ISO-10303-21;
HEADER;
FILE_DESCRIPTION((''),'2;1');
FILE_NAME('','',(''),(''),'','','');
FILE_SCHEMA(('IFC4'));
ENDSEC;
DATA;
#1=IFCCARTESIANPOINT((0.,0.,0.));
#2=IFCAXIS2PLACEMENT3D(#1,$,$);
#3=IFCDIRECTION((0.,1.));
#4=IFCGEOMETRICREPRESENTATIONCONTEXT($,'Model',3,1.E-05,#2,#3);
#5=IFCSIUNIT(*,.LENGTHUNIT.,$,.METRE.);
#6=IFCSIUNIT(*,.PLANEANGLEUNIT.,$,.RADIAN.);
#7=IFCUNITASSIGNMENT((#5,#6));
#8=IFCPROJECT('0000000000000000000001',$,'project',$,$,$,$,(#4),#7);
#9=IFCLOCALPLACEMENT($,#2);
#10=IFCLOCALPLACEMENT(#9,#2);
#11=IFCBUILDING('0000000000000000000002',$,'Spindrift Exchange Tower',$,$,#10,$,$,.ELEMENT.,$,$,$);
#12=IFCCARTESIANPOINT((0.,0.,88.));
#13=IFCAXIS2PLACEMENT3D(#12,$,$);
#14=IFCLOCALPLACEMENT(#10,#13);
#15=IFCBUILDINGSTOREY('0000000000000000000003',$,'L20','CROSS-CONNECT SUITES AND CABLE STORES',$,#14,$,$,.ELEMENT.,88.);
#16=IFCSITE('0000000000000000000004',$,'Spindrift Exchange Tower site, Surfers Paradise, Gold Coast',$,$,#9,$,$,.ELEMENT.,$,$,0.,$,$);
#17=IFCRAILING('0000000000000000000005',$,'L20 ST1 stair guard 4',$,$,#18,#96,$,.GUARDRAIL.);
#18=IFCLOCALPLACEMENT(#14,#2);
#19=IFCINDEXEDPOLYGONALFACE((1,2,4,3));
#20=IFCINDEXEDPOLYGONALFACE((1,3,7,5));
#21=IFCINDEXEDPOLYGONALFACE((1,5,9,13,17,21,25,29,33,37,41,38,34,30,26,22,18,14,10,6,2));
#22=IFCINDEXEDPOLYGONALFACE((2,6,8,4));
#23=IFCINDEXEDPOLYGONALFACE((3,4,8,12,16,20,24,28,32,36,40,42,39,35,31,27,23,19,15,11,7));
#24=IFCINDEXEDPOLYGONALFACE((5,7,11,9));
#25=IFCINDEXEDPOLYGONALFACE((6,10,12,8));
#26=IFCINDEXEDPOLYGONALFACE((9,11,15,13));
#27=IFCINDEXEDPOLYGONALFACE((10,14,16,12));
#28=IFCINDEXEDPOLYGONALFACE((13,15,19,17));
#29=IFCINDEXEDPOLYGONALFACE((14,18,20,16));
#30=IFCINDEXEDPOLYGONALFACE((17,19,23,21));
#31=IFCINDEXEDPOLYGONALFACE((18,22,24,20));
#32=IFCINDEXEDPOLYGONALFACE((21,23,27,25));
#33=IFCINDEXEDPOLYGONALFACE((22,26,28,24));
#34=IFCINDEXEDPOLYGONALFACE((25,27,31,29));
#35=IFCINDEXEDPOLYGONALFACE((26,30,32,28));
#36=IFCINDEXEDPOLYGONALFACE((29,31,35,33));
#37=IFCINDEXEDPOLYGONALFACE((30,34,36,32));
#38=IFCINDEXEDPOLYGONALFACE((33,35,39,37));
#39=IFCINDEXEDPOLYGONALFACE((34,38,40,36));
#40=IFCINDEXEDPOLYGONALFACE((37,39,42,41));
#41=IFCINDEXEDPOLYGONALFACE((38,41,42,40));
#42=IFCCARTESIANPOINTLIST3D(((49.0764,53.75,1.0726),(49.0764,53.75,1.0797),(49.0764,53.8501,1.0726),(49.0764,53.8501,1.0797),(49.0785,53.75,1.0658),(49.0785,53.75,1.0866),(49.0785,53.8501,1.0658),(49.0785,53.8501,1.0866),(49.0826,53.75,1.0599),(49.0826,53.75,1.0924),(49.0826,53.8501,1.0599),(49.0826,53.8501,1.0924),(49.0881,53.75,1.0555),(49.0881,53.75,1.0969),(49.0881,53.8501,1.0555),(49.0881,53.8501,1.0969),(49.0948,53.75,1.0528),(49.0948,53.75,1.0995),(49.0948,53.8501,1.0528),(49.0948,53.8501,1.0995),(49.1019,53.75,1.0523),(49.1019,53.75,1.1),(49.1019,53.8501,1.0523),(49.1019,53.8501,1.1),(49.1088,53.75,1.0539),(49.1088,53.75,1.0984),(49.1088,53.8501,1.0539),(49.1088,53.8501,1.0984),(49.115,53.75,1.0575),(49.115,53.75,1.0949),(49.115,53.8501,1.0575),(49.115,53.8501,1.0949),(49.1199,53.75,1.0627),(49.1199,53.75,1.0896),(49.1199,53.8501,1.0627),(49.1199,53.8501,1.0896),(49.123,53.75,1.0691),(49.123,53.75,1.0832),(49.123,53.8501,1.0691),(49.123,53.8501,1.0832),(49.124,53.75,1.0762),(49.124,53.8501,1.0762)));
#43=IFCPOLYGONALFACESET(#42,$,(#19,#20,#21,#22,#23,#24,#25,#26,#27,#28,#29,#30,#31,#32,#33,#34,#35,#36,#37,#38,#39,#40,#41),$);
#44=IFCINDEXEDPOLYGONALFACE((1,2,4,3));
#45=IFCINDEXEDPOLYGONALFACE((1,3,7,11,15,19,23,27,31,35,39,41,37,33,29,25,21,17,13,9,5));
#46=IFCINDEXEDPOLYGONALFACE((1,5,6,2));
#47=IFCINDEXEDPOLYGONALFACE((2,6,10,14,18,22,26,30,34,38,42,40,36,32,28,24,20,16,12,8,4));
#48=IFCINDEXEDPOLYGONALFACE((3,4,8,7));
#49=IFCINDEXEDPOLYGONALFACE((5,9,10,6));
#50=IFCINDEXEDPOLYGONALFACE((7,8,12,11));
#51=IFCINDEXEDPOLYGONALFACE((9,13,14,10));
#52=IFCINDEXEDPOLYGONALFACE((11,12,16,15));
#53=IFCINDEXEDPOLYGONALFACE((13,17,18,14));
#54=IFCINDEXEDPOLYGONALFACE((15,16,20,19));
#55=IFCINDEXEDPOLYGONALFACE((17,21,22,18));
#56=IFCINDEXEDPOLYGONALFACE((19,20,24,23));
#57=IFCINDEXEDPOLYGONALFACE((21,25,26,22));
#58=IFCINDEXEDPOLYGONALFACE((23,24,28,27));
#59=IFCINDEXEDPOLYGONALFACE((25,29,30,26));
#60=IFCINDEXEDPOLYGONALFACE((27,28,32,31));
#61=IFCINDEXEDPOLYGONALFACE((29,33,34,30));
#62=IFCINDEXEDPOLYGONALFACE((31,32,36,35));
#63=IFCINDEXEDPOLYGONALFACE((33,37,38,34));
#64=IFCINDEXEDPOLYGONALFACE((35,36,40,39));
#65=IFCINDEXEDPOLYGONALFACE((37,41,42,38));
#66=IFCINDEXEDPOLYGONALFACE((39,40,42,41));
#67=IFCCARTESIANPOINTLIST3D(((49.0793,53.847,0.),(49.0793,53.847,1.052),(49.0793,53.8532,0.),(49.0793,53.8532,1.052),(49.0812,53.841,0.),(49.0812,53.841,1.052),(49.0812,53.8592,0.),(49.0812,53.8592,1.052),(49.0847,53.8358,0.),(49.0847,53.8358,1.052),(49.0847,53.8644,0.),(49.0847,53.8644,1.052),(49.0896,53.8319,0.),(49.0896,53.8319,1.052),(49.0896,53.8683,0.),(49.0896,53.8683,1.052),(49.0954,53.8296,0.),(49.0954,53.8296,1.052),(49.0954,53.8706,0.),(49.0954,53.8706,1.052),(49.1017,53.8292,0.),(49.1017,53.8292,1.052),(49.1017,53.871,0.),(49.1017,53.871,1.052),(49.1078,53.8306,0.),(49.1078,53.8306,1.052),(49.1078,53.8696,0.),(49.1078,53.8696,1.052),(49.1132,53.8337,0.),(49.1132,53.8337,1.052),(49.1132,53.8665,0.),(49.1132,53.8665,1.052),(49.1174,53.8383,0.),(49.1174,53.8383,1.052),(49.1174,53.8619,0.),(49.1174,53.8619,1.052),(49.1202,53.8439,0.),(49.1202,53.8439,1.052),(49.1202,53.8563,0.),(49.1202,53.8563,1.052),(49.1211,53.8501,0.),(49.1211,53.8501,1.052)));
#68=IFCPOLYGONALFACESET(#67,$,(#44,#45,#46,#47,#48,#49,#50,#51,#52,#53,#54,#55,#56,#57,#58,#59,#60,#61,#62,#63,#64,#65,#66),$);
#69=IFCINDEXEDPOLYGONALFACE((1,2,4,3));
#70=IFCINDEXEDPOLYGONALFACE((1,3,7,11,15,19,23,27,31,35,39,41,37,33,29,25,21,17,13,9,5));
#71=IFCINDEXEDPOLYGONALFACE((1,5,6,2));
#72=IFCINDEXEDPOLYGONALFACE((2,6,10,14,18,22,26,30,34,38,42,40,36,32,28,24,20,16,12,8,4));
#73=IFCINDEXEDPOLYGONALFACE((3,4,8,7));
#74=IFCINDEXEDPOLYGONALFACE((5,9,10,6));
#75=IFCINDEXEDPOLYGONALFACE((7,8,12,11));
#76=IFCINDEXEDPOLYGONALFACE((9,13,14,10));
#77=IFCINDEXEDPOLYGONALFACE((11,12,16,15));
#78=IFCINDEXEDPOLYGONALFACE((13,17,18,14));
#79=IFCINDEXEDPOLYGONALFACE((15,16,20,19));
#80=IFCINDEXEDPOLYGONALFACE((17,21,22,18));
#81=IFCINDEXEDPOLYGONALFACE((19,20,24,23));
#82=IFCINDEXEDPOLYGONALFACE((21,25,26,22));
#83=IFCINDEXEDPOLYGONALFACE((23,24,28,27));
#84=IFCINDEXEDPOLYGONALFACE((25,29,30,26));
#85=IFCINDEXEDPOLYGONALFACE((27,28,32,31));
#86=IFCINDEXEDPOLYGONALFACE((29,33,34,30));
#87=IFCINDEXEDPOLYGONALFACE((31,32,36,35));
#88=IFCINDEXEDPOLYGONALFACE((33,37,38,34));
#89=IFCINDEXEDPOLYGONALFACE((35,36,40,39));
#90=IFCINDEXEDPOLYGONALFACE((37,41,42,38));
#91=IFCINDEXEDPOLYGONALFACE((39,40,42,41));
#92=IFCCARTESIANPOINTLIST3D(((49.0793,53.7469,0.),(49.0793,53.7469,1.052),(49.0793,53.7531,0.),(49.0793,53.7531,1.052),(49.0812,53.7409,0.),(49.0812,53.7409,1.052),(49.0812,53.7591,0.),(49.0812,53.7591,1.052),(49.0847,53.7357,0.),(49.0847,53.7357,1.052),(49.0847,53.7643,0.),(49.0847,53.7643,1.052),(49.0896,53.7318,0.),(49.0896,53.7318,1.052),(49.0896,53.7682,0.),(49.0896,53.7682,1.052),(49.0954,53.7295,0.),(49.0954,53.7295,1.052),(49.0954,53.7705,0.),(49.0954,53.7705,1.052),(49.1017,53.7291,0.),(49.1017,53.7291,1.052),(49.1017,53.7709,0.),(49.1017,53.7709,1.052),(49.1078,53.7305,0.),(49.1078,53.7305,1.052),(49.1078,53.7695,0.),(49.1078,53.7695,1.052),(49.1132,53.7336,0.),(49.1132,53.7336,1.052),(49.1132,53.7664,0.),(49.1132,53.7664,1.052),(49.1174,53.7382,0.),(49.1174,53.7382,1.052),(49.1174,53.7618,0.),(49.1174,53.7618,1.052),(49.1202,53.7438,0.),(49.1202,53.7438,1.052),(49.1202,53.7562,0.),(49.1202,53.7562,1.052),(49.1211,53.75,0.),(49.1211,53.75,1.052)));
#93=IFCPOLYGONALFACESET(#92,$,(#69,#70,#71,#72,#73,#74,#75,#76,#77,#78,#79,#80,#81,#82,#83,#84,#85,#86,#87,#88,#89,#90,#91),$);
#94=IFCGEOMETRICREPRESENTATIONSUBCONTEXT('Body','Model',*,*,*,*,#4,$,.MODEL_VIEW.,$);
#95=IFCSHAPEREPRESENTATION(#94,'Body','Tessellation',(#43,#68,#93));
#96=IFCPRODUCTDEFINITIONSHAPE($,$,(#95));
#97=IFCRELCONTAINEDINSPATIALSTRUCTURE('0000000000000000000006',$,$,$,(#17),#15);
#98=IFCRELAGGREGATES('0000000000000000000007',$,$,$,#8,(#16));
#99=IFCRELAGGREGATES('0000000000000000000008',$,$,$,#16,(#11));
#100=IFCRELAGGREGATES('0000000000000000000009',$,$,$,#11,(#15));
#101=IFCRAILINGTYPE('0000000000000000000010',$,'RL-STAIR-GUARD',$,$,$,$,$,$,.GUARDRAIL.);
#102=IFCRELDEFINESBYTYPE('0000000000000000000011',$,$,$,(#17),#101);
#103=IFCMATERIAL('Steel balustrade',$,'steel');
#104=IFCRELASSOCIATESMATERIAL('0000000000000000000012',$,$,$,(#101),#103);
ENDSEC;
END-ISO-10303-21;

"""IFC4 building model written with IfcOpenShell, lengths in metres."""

from ifc_helpers import new_model, si_unit, direction, frame, origin, origin_2d, place, context, subcontext, project, spatial, circle, extrude, material, type_object, element, save


model = new_model("IFC4")

# Units and contexts
model_context = context("Model", 3, precision=1e-05, world=origin(), true_north=direction((0.0, 1.0)))
body_context = subcontext(model_context, "Body", "Model", "MODEL_VIEW")
ifc_project = project(units=[si_unit("LENGTHUNIT", "METRE"), si_unit("PLANEANGLEUNIT", "RADIAN")], contexts=[model_context])

# Site, building, storey
site_placement = place(None, origin())
site = spatial("IfcSite", under=ifc_project, at=site_placement, Name="Spindrift Exchange Tower site, Surfers Paradise, Gold Coast", CompositionType="ELEMENT", RefElevation=0.0)
building_placement = place(site_placement, origin())
building = spatial("IfcBuilding", under=site, at=building_placement, Name="Spindrift Exchange Tower", CompositionType="ELEMENT")
storey_placement = place(building_placement, frame((0.0, 0.0, 88.0)))
storey = spatial("IfcBuildingStorey", under=building, at=storey_placement, Name="L20", Description="CROSS-CONNECT SUITES AND CABLE STORES", CompositionType="ELEMENT", Elevation=88.0)

# Railing
ifc_material_1 = material(Name="Steel balustrade", Category="steel")
railing_type_1 = type_object("IfcRailingType", Name="RL-STAIR-GUARD", PredefinedType="GUARDRAIL", material=ifc_material_1)
railing_1_placement = place(storey_placement, frame((49.1001, 53.8501, 0.0)))
element("IfcRailing", 1, at=railing_1_placement, inside=storey, type_object=railing_type_1, Name="L20 ST1 stair guard 4", PredefinedType="GUARDRAIL", context=body_context, shape_type="SweptSolid", body=[
    extrude(circle(Radius=0.0239, at=origin_2d()), frame((0.0, 0.0, 1.0762), z_axis=(0.0, -1.0, 0.0), x_axis=(1.0, 0.0, 0.0)), (0.0, 0.0, 1.0), 0.1001),
    extrude(circle(Radius=0.021, at=origin_2d()), origin(), (0.0, 0.0, 1.0), 1.052),
    extrude(circle(Radius=0.021, at=origin_2d()), frame((0.0, -0.1001, 0.0)), (0.0, 0.0, 1.0), 1.052),
])

save(model, "model.ifc")
